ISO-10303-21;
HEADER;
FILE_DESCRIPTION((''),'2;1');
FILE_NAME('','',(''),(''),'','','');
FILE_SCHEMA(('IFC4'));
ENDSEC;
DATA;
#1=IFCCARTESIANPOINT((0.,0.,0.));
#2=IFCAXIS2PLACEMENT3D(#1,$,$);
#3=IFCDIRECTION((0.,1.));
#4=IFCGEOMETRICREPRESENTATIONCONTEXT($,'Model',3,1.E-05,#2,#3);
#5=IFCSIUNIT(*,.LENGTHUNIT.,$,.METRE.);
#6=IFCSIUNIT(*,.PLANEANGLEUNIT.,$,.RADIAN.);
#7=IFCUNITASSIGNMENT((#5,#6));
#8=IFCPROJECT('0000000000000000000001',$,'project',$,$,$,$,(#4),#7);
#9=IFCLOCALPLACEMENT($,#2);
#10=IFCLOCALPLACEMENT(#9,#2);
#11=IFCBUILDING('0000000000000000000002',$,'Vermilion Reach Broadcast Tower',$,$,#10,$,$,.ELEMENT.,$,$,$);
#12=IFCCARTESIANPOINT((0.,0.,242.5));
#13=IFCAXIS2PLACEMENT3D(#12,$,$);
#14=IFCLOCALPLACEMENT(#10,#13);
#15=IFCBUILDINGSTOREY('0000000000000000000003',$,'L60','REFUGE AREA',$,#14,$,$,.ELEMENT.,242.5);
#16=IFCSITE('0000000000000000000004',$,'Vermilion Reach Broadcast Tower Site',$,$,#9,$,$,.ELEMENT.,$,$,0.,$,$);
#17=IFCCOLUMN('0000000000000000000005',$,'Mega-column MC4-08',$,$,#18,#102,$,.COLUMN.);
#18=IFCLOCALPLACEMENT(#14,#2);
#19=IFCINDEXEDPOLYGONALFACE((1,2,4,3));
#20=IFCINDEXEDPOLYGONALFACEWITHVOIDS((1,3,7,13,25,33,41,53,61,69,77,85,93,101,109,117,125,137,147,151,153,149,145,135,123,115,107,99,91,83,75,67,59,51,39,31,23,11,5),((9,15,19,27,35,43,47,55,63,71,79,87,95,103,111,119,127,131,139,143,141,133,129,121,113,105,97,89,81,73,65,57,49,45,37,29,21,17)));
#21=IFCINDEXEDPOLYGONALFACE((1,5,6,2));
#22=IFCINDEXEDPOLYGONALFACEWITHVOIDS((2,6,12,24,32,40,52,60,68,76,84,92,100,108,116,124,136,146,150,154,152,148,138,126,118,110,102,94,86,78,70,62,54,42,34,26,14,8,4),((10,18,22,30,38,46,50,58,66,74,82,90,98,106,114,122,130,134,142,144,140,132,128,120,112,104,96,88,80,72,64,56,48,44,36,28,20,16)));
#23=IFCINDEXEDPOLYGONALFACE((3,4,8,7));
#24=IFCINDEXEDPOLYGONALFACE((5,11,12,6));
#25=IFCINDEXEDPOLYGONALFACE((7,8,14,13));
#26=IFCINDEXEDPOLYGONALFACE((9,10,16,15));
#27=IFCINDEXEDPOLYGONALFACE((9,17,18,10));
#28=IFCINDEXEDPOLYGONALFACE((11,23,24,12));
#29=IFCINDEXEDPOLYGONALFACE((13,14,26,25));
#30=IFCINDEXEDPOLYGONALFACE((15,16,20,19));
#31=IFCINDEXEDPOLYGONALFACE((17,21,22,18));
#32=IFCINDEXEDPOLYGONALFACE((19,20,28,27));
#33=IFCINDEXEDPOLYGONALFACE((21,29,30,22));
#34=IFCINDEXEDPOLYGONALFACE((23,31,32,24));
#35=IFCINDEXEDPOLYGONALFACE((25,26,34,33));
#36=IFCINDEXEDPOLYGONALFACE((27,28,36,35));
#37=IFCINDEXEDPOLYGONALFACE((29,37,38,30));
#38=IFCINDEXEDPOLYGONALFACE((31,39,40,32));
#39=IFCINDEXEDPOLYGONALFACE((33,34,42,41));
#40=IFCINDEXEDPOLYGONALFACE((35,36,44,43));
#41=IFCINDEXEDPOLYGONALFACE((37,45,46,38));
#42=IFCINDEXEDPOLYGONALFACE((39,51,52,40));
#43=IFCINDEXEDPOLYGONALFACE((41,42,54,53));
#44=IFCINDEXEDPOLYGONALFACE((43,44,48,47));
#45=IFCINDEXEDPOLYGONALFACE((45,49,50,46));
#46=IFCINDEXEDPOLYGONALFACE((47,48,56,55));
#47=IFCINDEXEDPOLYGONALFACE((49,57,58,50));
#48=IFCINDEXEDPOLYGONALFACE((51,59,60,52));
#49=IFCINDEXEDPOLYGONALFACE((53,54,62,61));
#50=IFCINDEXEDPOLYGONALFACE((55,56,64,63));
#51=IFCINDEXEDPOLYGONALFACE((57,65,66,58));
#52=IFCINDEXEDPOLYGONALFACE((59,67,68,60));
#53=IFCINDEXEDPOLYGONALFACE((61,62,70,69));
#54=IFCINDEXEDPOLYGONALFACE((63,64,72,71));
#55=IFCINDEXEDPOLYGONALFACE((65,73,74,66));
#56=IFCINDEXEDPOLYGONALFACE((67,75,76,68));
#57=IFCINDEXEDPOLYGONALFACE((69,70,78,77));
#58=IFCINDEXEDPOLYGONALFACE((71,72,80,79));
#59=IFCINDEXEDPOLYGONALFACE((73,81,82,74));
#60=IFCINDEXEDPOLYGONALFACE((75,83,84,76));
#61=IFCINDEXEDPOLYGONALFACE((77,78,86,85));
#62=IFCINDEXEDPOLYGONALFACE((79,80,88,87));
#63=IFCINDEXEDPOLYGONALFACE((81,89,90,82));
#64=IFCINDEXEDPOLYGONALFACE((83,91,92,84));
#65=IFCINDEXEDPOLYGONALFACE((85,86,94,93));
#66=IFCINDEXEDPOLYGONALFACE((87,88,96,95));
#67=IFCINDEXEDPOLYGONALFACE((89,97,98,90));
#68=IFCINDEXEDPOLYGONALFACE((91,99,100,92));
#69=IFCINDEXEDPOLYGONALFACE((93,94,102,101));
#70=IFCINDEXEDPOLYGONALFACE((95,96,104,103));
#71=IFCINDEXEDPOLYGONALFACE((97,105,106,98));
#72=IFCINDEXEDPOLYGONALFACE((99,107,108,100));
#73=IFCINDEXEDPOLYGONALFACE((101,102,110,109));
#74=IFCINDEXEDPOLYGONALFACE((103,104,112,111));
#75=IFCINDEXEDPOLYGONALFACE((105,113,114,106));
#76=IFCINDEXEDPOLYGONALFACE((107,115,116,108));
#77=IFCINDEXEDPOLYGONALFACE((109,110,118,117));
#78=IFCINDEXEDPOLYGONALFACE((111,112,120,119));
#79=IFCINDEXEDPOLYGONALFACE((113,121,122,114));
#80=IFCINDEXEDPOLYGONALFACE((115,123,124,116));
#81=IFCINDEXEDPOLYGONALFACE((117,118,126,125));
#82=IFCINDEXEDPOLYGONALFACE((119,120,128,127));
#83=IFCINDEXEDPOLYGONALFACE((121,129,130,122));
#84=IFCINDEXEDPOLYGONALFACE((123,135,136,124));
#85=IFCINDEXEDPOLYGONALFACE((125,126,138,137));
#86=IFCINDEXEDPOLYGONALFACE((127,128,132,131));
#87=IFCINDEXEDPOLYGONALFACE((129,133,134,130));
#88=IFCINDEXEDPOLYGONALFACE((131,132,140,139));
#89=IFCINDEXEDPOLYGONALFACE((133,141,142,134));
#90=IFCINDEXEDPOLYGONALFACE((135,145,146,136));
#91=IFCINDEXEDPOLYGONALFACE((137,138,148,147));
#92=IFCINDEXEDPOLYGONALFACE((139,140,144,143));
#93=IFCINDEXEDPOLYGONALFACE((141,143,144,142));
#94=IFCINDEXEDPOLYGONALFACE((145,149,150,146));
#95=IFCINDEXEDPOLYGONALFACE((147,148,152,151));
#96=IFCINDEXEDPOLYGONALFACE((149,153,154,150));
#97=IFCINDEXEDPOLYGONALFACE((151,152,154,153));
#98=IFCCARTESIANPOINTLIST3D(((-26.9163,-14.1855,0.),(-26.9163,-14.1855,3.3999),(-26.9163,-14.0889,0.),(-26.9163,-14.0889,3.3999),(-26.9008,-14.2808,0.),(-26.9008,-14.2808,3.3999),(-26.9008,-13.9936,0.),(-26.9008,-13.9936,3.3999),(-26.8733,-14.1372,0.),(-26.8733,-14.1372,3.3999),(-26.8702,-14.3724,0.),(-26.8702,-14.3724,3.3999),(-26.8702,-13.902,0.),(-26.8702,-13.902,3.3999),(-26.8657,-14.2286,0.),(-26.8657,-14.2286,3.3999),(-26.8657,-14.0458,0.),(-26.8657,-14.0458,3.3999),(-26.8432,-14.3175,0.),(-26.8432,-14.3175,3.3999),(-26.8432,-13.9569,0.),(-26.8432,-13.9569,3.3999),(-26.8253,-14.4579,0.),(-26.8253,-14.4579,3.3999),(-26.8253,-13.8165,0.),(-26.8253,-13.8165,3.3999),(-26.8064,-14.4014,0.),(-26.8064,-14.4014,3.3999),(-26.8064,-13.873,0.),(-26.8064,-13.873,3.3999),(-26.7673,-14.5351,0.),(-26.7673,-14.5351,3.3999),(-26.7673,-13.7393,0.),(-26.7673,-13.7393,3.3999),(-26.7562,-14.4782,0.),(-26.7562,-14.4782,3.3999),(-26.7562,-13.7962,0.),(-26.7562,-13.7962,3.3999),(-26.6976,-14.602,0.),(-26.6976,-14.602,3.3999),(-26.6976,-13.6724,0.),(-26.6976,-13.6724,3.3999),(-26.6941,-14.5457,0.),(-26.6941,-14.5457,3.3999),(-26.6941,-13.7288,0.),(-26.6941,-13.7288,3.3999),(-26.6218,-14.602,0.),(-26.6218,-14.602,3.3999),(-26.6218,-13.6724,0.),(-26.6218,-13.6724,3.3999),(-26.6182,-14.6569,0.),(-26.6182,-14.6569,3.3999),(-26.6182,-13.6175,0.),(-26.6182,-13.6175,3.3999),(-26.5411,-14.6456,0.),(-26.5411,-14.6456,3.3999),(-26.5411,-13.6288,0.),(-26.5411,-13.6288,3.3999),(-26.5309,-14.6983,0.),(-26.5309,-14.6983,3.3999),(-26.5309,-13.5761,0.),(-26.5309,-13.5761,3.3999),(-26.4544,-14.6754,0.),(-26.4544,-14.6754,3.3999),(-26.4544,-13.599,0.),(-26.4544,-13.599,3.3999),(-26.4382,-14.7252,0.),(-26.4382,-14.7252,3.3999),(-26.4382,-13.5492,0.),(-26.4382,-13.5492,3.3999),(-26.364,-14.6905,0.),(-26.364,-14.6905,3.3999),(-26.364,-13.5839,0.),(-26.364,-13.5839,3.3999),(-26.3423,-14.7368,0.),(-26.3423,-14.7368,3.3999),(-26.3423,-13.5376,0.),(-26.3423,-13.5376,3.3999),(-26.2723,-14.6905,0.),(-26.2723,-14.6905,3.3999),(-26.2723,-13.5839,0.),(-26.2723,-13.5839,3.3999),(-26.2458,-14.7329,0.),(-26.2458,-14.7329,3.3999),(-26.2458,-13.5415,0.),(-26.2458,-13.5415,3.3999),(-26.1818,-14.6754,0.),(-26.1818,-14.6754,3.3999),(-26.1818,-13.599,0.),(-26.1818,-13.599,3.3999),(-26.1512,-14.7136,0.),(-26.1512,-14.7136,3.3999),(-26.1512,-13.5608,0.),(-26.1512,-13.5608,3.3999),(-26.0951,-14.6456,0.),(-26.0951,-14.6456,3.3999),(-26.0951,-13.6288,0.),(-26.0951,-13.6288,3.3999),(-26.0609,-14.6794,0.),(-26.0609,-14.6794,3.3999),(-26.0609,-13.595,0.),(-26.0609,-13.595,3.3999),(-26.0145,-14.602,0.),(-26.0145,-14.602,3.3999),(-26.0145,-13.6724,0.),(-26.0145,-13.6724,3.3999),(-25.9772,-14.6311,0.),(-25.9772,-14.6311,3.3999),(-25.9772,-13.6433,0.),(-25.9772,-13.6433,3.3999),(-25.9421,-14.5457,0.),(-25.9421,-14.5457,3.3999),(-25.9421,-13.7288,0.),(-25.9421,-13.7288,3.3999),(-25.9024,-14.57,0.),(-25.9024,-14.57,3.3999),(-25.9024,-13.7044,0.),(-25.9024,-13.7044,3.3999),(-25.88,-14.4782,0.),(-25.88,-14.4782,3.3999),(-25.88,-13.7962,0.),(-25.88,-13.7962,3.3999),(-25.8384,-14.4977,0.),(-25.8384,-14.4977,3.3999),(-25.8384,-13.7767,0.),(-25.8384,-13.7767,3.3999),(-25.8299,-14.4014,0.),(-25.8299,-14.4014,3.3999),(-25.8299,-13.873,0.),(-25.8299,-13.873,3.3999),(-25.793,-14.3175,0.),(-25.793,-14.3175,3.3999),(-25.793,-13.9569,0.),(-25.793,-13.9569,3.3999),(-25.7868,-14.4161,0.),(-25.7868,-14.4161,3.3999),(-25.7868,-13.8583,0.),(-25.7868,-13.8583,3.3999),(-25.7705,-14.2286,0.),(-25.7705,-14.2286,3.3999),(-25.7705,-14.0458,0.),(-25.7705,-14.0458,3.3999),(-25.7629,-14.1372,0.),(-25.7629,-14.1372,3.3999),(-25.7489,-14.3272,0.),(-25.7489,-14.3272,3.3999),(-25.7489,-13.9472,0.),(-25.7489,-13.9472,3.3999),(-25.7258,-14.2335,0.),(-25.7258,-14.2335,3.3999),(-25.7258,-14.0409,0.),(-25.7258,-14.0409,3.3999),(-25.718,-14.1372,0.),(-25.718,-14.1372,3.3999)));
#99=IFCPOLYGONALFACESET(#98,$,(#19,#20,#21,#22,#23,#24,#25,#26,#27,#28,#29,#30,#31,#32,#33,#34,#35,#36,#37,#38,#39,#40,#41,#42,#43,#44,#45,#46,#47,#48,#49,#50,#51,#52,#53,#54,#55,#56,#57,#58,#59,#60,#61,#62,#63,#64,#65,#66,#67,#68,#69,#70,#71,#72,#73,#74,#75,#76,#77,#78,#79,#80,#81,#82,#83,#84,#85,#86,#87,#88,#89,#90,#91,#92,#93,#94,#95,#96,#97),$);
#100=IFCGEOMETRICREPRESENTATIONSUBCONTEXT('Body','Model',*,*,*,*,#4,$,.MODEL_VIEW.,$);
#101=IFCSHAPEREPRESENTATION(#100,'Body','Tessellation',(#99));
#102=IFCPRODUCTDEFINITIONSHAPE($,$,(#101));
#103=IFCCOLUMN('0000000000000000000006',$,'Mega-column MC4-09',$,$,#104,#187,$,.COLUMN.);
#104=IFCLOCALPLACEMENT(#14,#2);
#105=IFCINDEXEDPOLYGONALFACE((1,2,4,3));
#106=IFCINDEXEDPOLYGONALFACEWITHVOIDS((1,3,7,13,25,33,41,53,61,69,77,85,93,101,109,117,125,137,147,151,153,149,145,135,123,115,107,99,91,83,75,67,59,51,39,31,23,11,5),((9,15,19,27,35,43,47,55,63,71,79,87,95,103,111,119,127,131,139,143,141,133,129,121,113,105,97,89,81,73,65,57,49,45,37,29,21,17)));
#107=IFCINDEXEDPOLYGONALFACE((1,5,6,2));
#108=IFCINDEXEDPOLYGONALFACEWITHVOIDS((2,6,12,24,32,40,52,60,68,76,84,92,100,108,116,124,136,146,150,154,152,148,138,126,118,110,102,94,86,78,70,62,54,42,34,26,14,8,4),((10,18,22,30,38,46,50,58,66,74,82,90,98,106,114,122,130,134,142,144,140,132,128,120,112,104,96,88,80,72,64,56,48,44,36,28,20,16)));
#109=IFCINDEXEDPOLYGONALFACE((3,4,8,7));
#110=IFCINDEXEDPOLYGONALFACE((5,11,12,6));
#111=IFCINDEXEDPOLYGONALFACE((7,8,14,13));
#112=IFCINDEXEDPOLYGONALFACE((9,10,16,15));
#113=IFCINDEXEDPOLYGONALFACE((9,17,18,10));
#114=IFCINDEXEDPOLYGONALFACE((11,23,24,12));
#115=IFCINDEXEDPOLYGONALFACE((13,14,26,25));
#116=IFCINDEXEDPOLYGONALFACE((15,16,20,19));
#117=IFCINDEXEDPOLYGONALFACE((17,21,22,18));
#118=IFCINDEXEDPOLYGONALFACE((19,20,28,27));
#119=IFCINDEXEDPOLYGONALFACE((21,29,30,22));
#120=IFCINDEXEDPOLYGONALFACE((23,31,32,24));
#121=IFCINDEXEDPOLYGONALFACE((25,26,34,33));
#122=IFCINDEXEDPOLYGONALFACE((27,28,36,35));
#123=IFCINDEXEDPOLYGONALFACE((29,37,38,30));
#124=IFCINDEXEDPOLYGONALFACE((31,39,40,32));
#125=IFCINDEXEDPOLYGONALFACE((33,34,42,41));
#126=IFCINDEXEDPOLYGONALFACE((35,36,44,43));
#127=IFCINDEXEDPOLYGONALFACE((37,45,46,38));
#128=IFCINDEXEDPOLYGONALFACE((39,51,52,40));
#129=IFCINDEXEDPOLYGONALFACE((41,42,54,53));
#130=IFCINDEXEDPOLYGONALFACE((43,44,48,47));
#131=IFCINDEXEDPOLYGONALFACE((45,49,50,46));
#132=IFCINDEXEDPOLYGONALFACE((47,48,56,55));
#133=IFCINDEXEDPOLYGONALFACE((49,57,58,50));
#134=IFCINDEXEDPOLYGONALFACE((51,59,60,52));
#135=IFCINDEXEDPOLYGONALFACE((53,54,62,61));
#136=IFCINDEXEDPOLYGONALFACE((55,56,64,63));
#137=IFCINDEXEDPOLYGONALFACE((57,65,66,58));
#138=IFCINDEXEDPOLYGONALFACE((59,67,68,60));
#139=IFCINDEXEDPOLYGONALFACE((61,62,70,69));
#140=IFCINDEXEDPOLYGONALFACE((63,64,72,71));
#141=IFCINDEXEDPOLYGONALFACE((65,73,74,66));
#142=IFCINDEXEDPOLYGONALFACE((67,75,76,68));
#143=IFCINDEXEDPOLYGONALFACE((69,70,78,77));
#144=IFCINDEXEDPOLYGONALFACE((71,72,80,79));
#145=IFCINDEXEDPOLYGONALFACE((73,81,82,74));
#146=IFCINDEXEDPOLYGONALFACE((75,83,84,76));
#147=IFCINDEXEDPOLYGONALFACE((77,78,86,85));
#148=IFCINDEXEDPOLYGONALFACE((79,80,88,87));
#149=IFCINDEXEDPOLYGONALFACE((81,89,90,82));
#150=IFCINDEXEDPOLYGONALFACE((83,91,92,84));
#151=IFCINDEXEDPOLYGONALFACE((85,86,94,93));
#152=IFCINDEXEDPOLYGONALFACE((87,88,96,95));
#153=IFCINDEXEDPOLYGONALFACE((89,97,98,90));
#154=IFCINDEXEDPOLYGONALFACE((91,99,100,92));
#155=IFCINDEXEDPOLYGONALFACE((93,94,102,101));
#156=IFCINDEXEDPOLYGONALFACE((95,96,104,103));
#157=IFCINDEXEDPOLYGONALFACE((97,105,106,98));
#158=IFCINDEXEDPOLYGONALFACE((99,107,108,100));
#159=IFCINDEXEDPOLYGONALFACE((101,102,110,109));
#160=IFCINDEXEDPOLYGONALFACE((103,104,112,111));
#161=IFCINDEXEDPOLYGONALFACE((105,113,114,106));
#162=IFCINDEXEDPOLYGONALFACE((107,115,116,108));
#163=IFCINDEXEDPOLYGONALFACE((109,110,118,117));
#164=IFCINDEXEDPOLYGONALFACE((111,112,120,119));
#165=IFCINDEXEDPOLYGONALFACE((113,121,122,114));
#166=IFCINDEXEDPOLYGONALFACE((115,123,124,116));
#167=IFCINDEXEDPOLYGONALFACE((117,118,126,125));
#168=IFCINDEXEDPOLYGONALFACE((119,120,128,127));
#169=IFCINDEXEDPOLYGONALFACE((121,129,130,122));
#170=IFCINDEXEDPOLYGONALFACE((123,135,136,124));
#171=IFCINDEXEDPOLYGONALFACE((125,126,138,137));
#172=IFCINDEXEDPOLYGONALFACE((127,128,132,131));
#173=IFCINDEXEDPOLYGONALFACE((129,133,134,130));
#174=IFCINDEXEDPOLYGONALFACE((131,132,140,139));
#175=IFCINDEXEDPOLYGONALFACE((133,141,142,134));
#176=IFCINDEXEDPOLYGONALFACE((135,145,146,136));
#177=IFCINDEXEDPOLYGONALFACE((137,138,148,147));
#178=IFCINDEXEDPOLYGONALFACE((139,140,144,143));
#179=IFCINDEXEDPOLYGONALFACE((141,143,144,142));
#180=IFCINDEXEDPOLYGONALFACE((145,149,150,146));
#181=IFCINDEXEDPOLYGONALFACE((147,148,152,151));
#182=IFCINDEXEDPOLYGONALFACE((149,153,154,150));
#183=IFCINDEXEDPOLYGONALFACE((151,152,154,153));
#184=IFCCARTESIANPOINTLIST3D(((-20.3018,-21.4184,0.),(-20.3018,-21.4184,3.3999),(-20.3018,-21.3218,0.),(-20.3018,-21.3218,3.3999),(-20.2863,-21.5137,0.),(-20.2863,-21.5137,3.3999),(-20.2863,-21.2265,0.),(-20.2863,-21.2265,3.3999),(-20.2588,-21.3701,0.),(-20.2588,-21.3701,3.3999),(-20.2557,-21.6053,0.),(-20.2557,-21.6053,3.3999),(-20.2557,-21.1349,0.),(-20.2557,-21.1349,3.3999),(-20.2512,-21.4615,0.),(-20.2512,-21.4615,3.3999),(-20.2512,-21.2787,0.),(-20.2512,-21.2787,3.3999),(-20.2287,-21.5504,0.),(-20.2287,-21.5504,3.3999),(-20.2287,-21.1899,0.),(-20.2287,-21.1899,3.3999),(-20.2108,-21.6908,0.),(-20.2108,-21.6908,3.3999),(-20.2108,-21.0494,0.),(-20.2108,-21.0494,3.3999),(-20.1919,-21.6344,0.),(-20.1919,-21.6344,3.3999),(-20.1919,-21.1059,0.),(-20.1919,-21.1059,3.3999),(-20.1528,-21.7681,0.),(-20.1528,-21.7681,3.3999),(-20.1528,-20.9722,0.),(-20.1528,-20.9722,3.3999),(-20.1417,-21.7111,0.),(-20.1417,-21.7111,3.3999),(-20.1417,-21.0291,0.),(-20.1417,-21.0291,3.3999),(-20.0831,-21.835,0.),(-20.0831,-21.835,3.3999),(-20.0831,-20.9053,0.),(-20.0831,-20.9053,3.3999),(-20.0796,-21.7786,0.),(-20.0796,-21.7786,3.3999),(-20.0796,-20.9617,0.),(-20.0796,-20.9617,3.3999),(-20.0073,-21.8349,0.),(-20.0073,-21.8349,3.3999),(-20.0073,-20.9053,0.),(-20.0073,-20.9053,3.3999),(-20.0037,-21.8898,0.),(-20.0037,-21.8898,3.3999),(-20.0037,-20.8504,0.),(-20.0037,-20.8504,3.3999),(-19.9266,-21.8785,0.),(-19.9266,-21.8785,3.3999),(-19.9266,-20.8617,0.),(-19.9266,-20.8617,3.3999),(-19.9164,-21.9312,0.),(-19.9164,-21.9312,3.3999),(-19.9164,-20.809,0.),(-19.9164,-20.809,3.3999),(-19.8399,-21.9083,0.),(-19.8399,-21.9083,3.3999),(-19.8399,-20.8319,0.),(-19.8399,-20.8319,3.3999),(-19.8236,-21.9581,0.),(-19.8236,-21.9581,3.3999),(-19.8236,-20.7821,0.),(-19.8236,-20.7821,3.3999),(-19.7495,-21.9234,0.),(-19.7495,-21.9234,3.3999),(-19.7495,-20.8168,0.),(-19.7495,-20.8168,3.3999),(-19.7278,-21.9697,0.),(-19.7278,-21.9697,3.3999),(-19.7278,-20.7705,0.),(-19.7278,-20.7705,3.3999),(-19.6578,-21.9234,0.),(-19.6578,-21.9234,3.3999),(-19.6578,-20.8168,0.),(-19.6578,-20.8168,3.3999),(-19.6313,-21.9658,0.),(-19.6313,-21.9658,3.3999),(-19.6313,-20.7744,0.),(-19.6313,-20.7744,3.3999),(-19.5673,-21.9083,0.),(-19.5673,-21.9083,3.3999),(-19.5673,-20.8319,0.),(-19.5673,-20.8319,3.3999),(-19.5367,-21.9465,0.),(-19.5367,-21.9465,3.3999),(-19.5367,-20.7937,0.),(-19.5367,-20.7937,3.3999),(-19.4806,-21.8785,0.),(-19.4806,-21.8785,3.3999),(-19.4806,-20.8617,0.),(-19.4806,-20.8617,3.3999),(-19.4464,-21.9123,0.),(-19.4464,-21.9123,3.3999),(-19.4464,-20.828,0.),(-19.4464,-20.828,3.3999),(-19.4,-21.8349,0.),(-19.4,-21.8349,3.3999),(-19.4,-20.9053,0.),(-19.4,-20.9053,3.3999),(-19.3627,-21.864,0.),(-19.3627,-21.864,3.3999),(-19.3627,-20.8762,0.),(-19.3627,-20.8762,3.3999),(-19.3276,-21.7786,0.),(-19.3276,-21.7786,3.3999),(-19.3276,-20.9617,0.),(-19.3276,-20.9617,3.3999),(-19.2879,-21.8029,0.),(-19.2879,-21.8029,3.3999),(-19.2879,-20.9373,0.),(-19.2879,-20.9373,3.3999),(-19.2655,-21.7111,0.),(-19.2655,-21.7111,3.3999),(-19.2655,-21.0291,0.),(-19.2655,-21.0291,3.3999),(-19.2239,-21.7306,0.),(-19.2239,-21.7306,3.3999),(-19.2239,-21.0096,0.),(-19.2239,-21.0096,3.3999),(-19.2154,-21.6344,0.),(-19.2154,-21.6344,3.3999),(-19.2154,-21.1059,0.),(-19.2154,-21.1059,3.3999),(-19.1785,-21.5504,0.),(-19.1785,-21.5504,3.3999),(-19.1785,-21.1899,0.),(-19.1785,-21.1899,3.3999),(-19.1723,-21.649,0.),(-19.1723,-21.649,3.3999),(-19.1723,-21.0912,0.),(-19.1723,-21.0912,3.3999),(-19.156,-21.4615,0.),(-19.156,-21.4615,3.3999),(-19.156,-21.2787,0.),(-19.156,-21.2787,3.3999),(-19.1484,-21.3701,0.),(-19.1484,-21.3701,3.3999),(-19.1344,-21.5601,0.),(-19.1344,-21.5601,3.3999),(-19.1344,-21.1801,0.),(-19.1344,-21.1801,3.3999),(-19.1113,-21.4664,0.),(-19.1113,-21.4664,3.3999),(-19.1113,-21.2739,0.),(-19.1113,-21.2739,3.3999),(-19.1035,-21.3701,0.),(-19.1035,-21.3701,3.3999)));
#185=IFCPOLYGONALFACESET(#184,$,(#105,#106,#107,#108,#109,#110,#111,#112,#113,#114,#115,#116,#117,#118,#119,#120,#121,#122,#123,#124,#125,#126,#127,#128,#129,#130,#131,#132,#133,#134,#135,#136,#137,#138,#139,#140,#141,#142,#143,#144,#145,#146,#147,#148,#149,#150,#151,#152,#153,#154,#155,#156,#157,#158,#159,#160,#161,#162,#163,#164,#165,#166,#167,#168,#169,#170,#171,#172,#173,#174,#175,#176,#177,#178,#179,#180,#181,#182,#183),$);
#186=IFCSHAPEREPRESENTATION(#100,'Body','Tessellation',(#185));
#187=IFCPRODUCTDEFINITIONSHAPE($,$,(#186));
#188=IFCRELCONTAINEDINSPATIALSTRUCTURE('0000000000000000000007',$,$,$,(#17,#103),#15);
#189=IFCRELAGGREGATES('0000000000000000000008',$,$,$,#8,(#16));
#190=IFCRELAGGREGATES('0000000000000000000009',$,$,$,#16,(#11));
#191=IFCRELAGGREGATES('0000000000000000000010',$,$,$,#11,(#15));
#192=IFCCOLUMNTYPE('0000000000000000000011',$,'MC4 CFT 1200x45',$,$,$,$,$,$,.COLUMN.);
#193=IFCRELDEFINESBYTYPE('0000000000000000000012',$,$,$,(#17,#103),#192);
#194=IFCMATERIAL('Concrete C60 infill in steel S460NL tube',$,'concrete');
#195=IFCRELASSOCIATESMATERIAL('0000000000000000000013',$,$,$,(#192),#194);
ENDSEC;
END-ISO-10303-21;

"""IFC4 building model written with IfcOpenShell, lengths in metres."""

from ifc_helpers import new_model, si_unit, direction, frame, origin, origin_2d, place, context, subcontext, project, spatial, hollow_circle, extrude, material, material_profile, profile_set, type_object, element, save


model = new_model("IFC4")

# Units and contexts
model_context = context("Model", 3, precision=1e-05, world=origin(), true_north=direction((0.0, 1.0)))
body_context = subcontext(model_context, "Body", "Model", "MODEL_VIEW")
ifc_project = project(units=[si_unit("LENGTHUNIT", "METRE"), si_unit("PLANEANGLEUNIT", "RADIAN")], contexts=[model_context])

# Site, building, storey
site_placement = place(None, origin())
site = spatial("IfcSite", under=ifc_project, at=site_placement, Name="Vermilion Reach Broadcast Tower Site", CompositionType="ELEMENT", RefElevation=0.0)
building_placement = place(site_placement, origin())
building = spatial("IfcBuilding", under=site, at=building_placement, Name="Vermilion Reach Broadcast Tower", CompositionType="ELEMENT")
storey_placement = place(building_placement, frame((0.0, 0.0, 242.5)))
storey = spatial("IfcBuildingStorey", under=building, at=storey_placement, Name="L60", Description="REFUGE AREA", CompositionType="ELEMENT", Elevation=242.5)

# Columns
ifc_material_1 = material(Name="Concrete C60 infill in steel S460NL tube", Category="concrete")
ifc_material_profile_1 = material_profile(ifc_material_1, hollow_circle(Radius=0.6001, WallThickness=0.0449, at=origin_2d()), Name="Concrete C60 infill in steel S460NL tube CFT 1200x45")
ifc_profile_set_1 = profile_set([ifc_material_profile_1], Name="Concrete C60 infill in steel S460NL tube")
column_type = type_object("IfcColumnType", Name="MC4 CFT 1200x45", PredefinedType="COLUMN", material=ifc_profile_set_1)
for number, where, z_axis, x_axis, name in (
    (1, (-26.3181, -14.1372, 0.0), (0.0, 0.0, 1.0), (1.0, 0.0, 0.0), "Mega-column MC4-08"),
    (2, (-19.7036, -21.3701, 0.0), (0.0, 0.0, 1.0), (1.0, 0.0, 0.0), "Mega-column MC4-09"),
):
    element("IfcColumn", number, at=place(storey_placement, frame(where, z_axis=z_axis, x_axis=x_axis)), inside=storey, type_object=column_type, Name=name, PredefinedType="COLUMN", context=body_context, shape_type="SweptSolid", body=[
        extrude(hollow_circle(Radius=0.6001, WallThickness=0.0449, at=origin_2d()), origin(), (0.0, 0.0, 1.0), 3.3999),
    ])

save(model, "model.ifc")
